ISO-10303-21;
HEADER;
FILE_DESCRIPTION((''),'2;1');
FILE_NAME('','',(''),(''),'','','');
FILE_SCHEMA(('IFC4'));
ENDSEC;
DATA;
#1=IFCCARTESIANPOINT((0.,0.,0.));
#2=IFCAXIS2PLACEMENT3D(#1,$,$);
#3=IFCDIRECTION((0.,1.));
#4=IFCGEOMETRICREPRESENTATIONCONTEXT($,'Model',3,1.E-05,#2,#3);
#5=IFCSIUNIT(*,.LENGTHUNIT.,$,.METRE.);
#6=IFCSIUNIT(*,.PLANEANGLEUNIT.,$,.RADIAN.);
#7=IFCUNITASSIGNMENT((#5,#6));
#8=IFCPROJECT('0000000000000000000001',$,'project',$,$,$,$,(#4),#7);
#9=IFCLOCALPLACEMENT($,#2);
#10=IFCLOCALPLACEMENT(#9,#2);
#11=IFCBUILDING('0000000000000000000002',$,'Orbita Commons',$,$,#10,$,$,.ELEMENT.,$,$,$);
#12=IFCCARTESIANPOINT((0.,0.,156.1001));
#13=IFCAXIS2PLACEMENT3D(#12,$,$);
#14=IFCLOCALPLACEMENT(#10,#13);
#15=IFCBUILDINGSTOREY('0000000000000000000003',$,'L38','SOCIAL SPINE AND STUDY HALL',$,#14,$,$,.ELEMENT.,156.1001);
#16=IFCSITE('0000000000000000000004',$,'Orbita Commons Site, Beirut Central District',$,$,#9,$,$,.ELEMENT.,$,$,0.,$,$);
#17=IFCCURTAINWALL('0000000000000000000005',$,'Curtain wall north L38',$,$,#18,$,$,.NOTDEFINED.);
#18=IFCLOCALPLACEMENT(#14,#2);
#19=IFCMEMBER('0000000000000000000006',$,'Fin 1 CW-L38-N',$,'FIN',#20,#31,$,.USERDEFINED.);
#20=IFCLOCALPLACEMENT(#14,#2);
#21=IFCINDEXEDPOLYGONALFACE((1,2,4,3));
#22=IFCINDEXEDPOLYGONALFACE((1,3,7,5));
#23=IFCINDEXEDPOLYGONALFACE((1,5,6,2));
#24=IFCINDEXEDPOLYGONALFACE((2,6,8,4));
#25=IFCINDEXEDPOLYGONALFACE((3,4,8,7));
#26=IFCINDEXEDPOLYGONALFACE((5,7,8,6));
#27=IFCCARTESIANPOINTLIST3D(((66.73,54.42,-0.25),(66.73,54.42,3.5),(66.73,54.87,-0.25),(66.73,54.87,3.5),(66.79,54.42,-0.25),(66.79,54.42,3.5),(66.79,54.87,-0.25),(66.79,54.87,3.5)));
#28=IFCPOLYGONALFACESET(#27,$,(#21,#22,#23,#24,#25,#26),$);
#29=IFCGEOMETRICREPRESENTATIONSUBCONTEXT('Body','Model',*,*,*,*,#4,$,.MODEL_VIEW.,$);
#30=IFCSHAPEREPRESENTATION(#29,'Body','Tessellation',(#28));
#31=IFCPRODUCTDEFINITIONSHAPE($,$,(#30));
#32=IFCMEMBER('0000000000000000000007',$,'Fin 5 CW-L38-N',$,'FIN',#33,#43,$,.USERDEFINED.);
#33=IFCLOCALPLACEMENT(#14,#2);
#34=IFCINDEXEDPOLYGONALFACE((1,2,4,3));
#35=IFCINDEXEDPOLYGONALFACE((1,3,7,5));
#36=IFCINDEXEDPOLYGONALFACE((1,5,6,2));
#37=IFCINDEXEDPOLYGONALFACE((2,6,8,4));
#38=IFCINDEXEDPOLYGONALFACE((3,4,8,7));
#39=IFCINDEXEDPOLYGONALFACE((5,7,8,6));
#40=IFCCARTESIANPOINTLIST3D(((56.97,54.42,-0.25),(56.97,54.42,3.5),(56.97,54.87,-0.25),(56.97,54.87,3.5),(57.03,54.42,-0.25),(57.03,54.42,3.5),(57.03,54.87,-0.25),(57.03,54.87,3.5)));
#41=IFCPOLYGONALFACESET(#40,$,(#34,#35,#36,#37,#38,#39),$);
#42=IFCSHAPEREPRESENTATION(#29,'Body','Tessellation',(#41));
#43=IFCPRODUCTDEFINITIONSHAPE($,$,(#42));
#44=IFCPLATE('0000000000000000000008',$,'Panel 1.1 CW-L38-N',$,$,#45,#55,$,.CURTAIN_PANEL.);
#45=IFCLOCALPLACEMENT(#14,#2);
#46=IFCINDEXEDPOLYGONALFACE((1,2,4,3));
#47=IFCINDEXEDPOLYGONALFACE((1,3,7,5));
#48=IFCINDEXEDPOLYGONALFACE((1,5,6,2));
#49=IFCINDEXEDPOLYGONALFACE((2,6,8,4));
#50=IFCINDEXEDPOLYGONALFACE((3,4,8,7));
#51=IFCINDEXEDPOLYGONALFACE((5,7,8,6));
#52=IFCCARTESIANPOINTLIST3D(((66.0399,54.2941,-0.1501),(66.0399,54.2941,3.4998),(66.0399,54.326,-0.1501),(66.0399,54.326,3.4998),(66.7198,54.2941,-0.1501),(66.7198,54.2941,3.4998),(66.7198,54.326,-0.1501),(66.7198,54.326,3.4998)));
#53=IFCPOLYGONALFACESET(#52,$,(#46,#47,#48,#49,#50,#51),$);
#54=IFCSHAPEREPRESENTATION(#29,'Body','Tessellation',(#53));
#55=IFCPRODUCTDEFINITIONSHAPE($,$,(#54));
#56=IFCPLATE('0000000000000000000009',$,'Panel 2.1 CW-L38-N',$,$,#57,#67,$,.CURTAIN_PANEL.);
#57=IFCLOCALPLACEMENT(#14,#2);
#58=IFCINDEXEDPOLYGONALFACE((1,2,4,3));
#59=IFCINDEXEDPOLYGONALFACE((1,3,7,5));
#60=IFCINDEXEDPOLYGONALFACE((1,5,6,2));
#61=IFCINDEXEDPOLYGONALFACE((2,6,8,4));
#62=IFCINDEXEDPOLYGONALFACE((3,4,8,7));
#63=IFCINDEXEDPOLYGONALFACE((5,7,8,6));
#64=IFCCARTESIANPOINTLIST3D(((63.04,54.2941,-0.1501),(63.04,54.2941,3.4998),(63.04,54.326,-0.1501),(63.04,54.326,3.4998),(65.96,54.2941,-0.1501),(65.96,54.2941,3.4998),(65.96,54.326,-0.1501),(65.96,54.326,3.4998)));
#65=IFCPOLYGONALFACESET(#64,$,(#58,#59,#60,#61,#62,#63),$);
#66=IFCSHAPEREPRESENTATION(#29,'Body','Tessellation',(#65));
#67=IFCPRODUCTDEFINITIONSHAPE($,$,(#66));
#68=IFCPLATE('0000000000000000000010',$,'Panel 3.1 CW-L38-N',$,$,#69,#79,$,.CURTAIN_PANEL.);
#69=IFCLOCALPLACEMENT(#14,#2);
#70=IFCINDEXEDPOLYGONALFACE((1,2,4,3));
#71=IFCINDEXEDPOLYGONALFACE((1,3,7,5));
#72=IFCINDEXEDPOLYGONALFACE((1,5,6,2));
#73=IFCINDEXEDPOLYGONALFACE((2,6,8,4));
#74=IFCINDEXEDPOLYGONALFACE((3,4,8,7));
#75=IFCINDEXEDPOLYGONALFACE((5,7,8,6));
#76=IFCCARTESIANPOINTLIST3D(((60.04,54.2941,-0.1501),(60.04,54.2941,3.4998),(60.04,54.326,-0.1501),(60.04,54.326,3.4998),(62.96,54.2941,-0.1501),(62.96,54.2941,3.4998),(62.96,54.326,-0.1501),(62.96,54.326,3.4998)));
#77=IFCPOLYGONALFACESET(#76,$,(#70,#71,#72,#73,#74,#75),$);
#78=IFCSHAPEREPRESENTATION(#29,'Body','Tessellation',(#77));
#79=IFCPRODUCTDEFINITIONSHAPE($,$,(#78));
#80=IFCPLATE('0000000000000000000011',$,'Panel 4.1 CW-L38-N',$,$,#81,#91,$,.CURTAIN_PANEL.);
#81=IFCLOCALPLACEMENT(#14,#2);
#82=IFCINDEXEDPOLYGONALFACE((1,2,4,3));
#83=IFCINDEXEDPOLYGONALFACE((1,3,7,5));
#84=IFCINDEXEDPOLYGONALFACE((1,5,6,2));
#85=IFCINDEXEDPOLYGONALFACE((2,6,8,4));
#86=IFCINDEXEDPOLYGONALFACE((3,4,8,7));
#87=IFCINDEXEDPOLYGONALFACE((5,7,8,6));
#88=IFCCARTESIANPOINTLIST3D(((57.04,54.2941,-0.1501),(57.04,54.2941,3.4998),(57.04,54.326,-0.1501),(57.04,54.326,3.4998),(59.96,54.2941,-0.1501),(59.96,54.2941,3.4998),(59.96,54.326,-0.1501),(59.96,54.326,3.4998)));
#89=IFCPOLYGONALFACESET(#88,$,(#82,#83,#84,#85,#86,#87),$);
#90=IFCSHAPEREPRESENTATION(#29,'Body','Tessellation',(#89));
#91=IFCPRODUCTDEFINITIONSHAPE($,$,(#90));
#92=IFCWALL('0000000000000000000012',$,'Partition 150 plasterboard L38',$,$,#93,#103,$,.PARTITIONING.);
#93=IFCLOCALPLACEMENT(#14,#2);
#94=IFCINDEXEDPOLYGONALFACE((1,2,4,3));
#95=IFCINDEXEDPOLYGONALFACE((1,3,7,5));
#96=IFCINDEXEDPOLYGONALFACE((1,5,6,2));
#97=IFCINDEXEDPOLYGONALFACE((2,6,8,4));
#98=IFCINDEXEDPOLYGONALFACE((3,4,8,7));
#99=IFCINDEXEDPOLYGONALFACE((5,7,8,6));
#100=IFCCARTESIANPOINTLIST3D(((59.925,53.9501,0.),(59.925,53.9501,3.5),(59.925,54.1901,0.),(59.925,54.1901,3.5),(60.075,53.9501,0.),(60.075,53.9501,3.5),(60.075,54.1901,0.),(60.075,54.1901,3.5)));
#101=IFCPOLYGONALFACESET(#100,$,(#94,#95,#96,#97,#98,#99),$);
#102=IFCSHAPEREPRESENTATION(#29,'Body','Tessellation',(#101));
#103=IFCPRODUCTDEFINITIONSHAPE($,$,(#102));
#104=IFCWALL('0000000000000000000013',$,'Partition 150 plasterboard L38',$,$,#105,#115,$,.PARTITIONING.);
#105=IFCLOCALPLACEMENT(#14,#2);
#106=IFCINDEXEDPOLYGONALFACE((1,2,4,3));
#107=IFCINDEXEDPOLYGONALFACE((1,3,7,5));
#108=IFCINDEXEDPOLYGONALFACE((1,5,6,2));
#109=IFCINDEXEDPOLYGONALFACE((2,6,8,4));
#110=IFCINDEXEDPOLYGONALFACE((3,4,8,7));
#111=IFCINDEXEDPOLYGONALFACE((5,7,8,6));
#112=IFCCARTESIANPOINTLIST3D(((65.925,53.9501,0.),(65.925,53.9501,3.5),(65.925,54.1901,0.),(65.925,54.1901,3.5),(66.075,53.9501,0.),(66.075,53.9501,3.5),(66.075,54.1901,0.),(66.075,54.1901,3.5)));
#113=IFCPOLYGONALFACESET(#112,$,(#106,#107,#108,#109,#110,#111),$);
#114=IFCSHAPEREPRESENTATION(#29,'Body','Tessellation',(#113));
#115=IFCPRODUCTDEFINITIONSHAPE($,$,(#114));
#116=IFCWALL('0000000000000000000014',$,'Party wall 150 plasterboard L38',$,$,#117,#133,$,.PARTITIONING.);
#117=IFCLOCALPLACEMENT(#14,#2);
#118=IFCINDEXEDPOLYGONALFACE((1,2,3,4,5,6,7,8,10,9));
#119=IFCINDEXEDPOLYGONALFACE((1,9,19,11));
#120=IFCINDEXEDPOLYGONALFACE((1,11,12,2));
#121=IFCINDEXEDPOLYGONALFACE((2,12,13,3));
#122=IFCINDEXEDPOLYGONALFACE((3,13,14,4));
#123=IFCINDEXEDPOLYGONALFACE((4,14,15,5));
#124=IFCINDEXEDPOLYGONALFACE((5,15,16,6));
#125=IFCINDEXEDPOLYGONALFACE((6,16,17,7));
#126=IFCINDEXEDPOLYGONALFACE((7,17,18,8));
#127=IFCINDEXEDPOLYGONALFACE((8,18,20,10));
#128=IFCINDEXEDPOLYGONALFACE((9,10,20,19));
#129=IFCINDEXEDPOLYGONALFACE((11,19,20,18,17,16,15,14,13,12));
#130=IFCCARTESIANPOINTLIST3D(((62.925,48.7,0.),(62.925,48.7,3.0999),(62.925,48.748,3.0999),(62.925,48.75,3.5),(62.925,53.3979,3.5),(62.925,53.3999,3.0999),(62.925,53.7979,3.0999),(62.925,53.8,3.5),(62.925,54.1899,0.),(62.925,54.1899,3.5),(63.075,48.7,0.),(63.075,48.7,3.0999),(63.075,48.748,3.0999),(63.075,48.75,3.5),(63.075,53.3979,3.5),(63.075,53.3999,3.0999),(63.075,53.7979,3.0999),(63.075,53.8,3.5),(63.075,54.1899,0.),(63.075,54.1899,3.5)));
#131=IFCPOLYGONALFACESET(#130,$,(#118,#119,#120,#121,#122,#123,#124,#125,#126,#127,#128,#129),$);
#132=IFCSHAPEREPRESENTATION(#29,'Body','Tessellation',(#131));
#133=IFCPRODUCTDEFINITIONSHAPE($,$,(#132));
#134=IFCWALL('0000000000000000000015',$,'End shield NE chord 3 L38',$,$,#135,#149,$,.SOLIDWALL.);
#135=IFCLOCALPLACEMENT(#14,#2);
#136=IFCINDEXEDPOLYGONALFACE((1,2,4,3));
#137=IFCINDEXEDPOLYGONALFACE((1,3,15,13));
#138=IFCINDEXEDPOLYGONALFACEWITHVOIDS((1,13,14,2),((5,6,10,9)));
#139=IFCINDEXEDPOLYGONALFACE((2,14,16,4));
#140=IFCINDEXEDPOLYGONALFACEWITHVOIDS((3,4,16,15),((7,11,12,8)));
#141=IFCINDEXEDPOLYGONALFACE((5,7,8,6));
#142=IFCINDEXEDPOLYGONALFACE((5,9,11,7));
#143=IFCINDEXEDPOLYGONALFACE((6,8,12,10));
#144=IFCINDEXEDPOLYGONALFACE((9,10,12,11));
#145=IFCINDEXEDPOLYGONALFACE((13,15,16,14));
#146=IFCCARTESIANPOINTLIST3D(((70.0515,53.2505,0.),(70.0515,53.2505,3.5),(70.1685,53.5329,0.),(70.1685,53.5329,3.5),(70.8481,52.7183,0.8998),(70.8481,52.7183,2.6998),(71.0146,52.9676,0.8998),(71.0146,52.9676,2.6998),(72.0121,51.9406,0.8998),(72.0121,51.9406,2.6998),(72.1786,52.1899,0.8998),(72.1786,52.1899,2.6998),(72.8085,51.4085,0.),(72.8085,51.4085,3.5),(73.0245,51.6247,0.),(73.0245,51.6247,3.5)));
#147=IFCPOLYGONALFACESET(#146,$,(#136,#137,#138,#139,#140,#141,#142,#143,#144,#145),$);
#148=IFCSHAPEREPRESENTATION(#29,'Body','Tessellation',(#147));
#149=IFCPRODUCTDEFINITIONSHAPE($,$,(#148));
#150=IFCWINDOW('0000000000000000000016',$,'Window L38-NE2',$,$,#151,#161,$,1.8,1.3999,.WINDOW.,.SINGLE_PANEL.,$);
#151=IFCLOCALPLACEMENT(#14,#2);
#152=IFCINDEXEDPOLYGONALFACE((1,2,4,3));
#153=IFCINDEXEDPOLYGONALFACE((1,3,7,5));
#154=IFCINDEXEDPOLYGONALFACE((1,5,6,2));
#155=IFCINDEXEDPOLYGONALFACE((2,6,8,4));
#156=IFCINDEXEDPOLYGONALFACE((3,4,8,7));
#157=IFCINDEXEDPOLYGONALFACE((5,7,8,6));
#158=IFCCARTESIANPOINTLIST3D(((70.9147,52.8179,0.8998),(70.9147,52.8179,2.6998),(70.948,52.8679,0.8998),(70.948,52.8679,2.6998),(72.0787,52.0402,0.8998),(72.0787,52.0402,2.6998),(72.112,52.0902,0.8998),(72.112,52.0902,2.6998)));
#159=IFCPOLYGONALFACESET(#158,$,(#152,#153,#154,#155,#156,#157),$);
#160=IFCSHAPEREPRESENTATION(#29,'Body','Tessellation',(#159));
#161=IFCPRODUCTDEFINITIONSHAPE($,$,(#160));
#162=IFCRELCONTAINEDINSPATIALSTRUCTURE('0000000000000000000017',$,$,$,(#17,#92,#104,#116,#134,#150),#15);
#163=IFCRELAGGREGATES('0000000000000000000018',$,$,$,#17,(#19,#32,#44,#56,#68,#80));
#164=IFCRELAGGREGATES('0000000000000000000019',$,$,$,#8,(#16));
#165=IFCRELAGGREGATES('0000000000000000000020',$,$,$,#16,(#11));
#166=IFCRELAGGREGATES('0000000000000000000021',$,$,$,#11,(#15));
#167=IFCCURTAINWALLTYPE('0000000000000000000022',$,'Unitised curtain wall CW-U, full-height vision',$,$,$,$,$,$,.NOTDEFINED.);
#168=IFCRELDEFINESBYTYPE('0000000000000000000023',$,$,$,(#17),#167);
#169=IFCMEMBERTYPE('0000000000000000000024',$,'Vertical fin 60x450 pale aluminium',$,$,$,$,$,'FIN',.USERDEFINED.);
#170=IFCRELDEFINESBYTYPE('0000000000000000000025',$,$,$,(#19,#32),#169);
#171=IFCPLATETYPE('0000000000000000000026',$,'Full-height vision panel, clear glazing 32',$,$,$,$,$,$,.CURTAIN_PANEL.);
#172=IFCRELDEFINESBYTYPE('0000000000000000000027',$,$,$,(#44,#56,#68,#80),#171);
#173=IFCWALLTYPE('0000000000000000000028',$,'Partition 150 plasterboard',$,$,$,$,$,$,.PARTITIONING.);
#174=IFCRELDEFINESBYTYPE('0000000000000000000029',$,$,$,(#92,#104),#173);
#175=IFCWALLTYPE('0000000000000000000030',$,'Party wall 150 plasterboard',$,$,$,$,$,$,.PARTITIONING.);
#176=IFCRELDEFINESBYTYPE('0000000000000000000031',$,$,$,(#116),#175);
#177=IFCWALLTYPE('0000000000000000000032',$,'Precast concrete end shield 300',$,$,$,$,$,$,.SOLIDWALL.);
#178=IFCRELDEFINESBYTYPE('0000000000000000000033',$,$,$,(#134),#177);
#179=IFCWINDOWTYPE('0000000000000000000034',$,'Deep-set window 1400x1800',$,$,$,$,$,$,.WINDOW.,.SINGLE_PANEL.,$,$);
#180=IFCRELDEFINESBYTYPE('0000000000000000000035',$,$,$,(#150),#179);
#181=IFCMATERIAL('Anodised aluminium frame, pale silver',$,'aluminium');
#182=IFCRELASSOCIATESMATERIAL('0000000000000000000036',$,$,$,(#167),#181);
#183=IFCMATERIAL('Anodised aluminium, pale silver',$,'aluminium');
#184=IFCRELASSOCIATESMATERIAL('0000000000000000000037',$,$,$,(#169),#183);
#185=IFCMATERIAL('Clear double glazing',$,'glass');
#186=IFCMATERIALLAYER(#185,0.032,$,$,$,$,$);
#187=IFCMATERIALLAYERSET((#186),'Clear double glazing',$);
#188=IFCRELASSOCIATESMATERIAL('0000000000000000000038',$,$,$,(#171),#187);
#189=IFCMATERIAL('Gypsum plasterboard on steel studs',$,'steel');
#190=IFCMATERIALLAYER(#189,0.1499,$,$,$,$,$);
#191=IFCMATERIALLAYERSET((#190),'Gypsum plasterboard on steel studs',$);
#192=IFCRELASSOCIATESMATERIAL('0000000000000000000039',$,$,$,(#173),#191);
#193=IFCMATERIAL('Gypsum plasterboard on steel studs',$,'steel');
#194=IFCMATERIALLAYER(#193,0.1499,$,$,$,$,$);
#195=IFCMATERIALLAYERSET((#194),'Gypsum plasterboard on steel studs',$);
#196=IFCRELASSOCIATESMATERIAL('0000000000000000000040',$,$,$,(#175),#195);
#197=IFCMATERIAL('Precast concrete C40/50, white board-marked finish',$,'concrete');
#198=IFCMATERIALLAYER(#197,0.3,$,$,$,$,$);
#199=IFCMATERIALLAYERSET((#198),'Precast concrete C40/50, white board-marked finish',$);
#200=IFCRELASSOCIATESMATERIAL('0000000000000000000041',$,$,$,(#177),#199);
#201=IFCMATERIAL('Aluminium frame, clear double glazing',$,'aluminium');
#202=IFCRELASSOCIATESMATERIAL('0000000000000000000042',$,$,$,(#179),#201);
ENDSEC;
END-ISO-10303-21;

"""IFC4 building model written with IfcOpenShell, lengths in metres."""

from ifc_helpers import new_model, si_unit, direction, frame, frame_2d, origin, origin_2d, place, context, subcontext, project, spatial, polyline, rectangle, outline, extrude, material, layer, layer_set, material_profile, profile_set, type_object, element, fill, aggregate, save


model = new_model("IFC4")

# Units and contexts
model_context = context("Model", 3, precision=1e-05, world=origin(), true_north=direction((0.0, 1.0)))
body_context = subcontext(model_context, "Body", "Model", "MODEL_VIEW")
ifc_project = project(units=[si_unit("LENGTHUNIT", "METRE"), si_unit("PLANEANGLEUNIT", "RADIAN")], contexts=[model_context])

# Site, building, storey
site_placement = place(None, origin())
site = spatial("IfcSite", under=ifc_project, at=site_placement, Name="Orbita Commons Site, Beirut Central District", CompositionType="ELEMENT", RefElevation=0.0)
building_placement = place(site_placement, origin())
building = spatial("IfcBuilding", under=site, at=building_placement, Name="Orbita Commons", CompositionType="ELEMENT")
storey_placement = place(building_placement, frame((0.0, 0.0, 156.1001)))
storey = spatial("IfcBuildingStorey", under=building, at=storey_placement, Name="L38", Description="SOCIAL SPINE AND STUDY HALL", CompositionType="ELEMENT", Elevation=156.1001)

# Curtain wall
ifc_material_1 = material(Name="Anodised aluminium frame, pale silver", Category="aluminium")
curtain_wall_type = type_object("IfcCurtainWallType", Name="Unitised curtain wall CW-U, full-height vision", PredefinedType="NOTDEFINED", material=ifc_material_1)
curtain_wall_placement = place(storey_placement, origin())
curtain_wall = element("IfcCurtainWall", 1, at=curtain_wall_placement, inside=storey, type_object=curtain_wall_type, Name="Curtain wall north L38", PredefinedType="NOTDEFINED")

# Members
ifc_material_2 = material(Name="Anodised aluminium, pale silver", Category="aluminium")
ifc_material_profile_1 = material_profile(ifc_material_2, rectangle(XDim=0.0601, YDim=0.45, at=origin_2d()), Name="FIN 60x450")
ifc_profile_set_1 = profile_set([ifc_material_profile_1], Name="Anodised aluminium, pale silver")
member_type_1 = type_object("IfcMemberType", Name="Vertical fin 60x450 pale aluminium", ElementType="FIN", PredefinedType="USERDEFINED", material=ifc_profile_set_1)
member_1_placement = place(storey_placement, frame((66.76, 54.645, -0.25), z_axis=(0.0, 0.0, 1.0), x_axis=(-1.0, 0.0, 0.0)))
member_1 = element("IfcMember", 2, at=member_1_placement, type_object=member_type_1, Name="Fin 1 CW-L38-N", ObjectType="FIN", PredefinedType="USERDEFINED", context=body_context, shape_type="SweptSolid", body=[
    extrude(rectangle(XDim=0.0601, YDim=0.45, at=origin_2d()), origin(), (0.0, 0.0, 1.0), 3.75),
])
member_2_placement = place(storey_placement, frame((57.0, 54.645, -0.25), z_axis=(0.0, 0.0, 1.0), x_axis=(-1.0, 0.0, 0.0)))
member_2 = element("IfcMember", 3, at=member_2_placement, type_object=member_type_1, Name="Fin 5 CW-L38-N", ObjectType="FIN", PredefinedType="USERDEFINED", context=body_context, shape_type="SweptSolid", body=[
    extrude(rectangle(XDim=0.0601, YDim=0.45, at=origin_2d()), origin(), (0.0, 0.0, 1.0), 3.75),
])

# Plates
ifc_material_3 = material(Name="Clear double glazing", Category="glass")
ifc_layer_1 = layer(ifc_material_3, 0.032)
ifc_layer_set_1 = layer_set([ifc_layer_1], Name="Clear double glazing")
plate_type = type_object("IfcPlateType", Name="Full-height vision panel, clear glazing 32", PredefinedType="CURTAIN_PANEL", material=ifc_layer_set_1)
plate_1_placement = place(storey_placement, frame((66.3799, 54.3101, -0.1501), z_axis=(0.0, 0.0, 1.0), x_axis=(-1.0, 0.0, 0.0)))
plate_1 = element("IfcPlate", 4, at=plate_1_placement, type_object=plate_type, Name="Panel 1.1 CW-L38-N", PredefinedType="CURTAIN_PANEL", context=body_context, shape_type="SweptSolid", body=[
    extrude(rectangle(XDim=0.6799, YDim=0.032, at=origin_2d()), origin(), (0.0, 0.0, 1.0), 3.6499),
])
plate_2_placement = place(storey_placement, frame((64.5, 54.3101, -0.1501), z_axis=(0.0, 0.0, 1.0), x_axis=(-1.0, 0.0, 0.0)))
plate_2 = element("IfcPlate", 5, at=plate_2_placement, type_object=plate_type, Name="Panel 2.1 CW-L38-N", PredefinedType="CURTAIN_PANEL", context=body_context, shape_type="SweptSolid", body=[
    extrude(rectangle(XDim=2.9199, YDim=0.032, at=origin_2d()), origin(), (0.0, 0.0, 1.0), 3.6499),
])
plate_3_placement = place(storey_placement, frame((61.5, 54.3101, -0.1501), z_axis=(0.0, 0.0, 1.0), x_axis=(-1.0, 0.0, 0.0)))
plate_3 = element("IfcPlate", 6, at=plate_3_placement, type_object=plate_type, Name="Panel 3.1 CW-L38-N", PredefinedType="CURTAIN_PANEL", context=body_context, shape_type="SweptSolid", body=[
    extrude(rectangle(XDim=2.9199, YDim=0.032, at=origin_2d()), origin(), (0.0, 0.0, 1.0), 3.6499),
])
plate_4_placement = place(storey_placement, frame((58.5, 54.3101, -0.1501), z_axis=(0.0, 0.0, 1.0), x_axis=(-1.0, 0.0, 0.0)))
plate_4 = element("IfcPlate", 7, at=plate_4_placement, type_object=plate_type, Name="Panel 4.1 CW-L38-N", PredefinedType="CURTAIN_PANEL", context=body_context, shape_type="SweptSolid", body=[
    extrude(rectangle(XDim=2.9199, YDim=0.032, at=origin_2d()), origin(), (0.0, 0.0, 1.0), 3.6499),
])
aggregate(curtain_wall, [member_1, member_2, plate_1, plate_2, plate_3, plate_4])

# Walls
ifc_material_4 = material(Name="Gypsum plasterboard on steel studs", Category="steel")
ifc_layer_2 = layer(ifc_material_4, 0.1499)
ifc_layer_set_2 = layer_set([ifc_layer_2], Name="Gypsum plasterboard on steel studs")
wall_type_1 = type_object("IfcWallType", Name="Partition 150 plasterboard", PredefinedType="PARTITIONING", material=ifc_layer_set_2)
for number, where, z_axis, x_axis, name in (
    (8, (60.0, 53.95, 0.0), (0.0, 0.0, 1.0), (0.0, 1.0, 0.0), "Partition 150 plasterboard L38"),
    (9, (66.0, 53.95, 0.0), (0.0, 0.0, 1.0), (0.0, 1.0, 0.0), "Partition 150 plasterboard L38"),
):
    element("IfcWall", number, at=place(storey_placement, frame(where, z_axis=z_axis, x_axis=x_axis)), inside=storey, type_object=wall_type_1, Name=name, PredefinedType="PARTITIONING", context=body_context, shape_type="SweptSolid", body=[
        extrude(rectangle(XDim=0.24, YDim=0.1499, at=frame_2d((0.1201, 0.0))), origin(), (0.0, 0.0, 1.0), 3.5),
    ])
ifc_material_5 = material(Name="Gypsum plasterboard on steel studs", Category="steel")
ifc_layer_3 = layer(ifc_material_5, 0.1499)
ifc_layer_set_3 = layer_set([ifc_layer_3], Name="Gypsum plasterboard on steel studs")
wall_type_2 = type_object("IfcWallType", Name="Party wall 150 plasterboard", PredefinedType="PARTITIONING", material=ifc_layer_set_3)
wall_1_placement = place(storey_placement, frame((63.0, 54.1899, 0.0), z_axis=(0.0, 0.0, 1.0), x_axis=(0.0, -1.0, 0.0)))
element("IfcWall", 10, at=wall_1_placement, inside=storey, type_object=wall_type_2, Name="Party wall 150 plasterboard L38", PredefinedType="PARTITIONING", context=body_context, shape_type="SweptSolid", body=[
    extrude(outline(polyline([(0.0, 0.0), (5.49, 0.0), (5.49, 3.0999), (5.4419, 3.0999), (5.4399, 3.5), (0.792, 3.5), (0.79, 3.0999), (0.3921, 3.0999), (0.3899, 3.5), (0.0, 3.5), (0.0, 0.0)])), frame((0.0, 0.075, 0.0), z_axis=(0.0, -1.0, 0.0), x_axis=(1.0, 0.0, 0.0)), (0.0, 0.0, 1.0), 0.1499),
])

# Wall, opening, window
ifc_material_6 = material(Name="Precast concrete C40/50, white board-marked finish", Category="concrete")
ifc_layer_4 = layer(ifc_material_6, 0.3)
ifc_layer_set_4 = layer_set([ifc_layer_4], Name="Precast concrete C40/50, white board-marked finish")
wall_type_3 = type_object("IfcWallType", Name="Precast concrete end shield 300", PredefinedType="SOLIDWALL", material=ifc_layer_set_4)
wall_2_placement = place(storey_placement, frame((72.9165, 51.5166, 0.0), z_axis=(0.0, 0.0, 1.0), x_axis=(-0.831493, 0.555535, 0.0)))
wall_2 = element("IfcWall", 11, at=wall_2_placement, inside=storey, type_object=wall_type_3, Name="End shield NE chord 3 L38", PredefinedType="SOLIDWALL", context=body_context, shape_type="SweptSolid", body=[
    extrude(outline(polyline([(-0.0298, -0.1499), (3.405, -0.1499), (3.3455, 0.1499), (0.0298, 0.1499), (-0.0298, -0.1499)])), origin(), (0.0, 0.0, 1.0), 3.5),
])
opening_1_placement = place(wall_2_placement, frame((0.9875, 0.0, 0.8999)))
opening_1 = element("IfcOpeningElement", 12, at=opening_1_placement, cuts=wall_2, PredefinedType="OPENING", context=body_context, shape_type="SweptSolid", body=[
    extrude(rectangle(XDim=1.3999, YDim=1.8, at=frame_2d((0.7, 0.8999))), frame((0.0, 0.1599, 0.0), z_axis=(0.0, -1.0, 0.0), x_axis=(1.0, 0.0, 0.0)), (0.0, 0.0, 1.0), 0.3201),
])
ifc_material_7 = material(Name="Aluminium frame, clear double glazing", Category="aluminium")
window_type = type_object("IfcWindowType", Name="Deep-set window 1400x1800", PartitioningType="SINGLE_PANEL", PredefinedType="WINDOW", material=ifc_material_7)
window_1_placement = place(opening_1_placement, origin())
window_1 = element("IfcWindow", 13, at=window_1_placement, inside=storey, type_object=window_type, Name="Window L38-NE2", OverallHeight=1.8, OverallWidth=1.3999, PartitioningType="SINGLE_PANEL", PredefinedType="WINDOW", context=body_context, shape_type="SweptSolid", body=[
    extrude(rectangle(XDim=1.3999, YDim=1.8, at=frame_2d((0.7, 0.8999))), frame((0.0, 0.03, 0.0), z_axis=(0.0, -1.0, 0.0), x_axis=(1.0, 0.0, 0.0)), (0.0, 0.0, 1.0), 0.0601),
])
fill(opening_1, window_1)

save(model, "model.ifc")
